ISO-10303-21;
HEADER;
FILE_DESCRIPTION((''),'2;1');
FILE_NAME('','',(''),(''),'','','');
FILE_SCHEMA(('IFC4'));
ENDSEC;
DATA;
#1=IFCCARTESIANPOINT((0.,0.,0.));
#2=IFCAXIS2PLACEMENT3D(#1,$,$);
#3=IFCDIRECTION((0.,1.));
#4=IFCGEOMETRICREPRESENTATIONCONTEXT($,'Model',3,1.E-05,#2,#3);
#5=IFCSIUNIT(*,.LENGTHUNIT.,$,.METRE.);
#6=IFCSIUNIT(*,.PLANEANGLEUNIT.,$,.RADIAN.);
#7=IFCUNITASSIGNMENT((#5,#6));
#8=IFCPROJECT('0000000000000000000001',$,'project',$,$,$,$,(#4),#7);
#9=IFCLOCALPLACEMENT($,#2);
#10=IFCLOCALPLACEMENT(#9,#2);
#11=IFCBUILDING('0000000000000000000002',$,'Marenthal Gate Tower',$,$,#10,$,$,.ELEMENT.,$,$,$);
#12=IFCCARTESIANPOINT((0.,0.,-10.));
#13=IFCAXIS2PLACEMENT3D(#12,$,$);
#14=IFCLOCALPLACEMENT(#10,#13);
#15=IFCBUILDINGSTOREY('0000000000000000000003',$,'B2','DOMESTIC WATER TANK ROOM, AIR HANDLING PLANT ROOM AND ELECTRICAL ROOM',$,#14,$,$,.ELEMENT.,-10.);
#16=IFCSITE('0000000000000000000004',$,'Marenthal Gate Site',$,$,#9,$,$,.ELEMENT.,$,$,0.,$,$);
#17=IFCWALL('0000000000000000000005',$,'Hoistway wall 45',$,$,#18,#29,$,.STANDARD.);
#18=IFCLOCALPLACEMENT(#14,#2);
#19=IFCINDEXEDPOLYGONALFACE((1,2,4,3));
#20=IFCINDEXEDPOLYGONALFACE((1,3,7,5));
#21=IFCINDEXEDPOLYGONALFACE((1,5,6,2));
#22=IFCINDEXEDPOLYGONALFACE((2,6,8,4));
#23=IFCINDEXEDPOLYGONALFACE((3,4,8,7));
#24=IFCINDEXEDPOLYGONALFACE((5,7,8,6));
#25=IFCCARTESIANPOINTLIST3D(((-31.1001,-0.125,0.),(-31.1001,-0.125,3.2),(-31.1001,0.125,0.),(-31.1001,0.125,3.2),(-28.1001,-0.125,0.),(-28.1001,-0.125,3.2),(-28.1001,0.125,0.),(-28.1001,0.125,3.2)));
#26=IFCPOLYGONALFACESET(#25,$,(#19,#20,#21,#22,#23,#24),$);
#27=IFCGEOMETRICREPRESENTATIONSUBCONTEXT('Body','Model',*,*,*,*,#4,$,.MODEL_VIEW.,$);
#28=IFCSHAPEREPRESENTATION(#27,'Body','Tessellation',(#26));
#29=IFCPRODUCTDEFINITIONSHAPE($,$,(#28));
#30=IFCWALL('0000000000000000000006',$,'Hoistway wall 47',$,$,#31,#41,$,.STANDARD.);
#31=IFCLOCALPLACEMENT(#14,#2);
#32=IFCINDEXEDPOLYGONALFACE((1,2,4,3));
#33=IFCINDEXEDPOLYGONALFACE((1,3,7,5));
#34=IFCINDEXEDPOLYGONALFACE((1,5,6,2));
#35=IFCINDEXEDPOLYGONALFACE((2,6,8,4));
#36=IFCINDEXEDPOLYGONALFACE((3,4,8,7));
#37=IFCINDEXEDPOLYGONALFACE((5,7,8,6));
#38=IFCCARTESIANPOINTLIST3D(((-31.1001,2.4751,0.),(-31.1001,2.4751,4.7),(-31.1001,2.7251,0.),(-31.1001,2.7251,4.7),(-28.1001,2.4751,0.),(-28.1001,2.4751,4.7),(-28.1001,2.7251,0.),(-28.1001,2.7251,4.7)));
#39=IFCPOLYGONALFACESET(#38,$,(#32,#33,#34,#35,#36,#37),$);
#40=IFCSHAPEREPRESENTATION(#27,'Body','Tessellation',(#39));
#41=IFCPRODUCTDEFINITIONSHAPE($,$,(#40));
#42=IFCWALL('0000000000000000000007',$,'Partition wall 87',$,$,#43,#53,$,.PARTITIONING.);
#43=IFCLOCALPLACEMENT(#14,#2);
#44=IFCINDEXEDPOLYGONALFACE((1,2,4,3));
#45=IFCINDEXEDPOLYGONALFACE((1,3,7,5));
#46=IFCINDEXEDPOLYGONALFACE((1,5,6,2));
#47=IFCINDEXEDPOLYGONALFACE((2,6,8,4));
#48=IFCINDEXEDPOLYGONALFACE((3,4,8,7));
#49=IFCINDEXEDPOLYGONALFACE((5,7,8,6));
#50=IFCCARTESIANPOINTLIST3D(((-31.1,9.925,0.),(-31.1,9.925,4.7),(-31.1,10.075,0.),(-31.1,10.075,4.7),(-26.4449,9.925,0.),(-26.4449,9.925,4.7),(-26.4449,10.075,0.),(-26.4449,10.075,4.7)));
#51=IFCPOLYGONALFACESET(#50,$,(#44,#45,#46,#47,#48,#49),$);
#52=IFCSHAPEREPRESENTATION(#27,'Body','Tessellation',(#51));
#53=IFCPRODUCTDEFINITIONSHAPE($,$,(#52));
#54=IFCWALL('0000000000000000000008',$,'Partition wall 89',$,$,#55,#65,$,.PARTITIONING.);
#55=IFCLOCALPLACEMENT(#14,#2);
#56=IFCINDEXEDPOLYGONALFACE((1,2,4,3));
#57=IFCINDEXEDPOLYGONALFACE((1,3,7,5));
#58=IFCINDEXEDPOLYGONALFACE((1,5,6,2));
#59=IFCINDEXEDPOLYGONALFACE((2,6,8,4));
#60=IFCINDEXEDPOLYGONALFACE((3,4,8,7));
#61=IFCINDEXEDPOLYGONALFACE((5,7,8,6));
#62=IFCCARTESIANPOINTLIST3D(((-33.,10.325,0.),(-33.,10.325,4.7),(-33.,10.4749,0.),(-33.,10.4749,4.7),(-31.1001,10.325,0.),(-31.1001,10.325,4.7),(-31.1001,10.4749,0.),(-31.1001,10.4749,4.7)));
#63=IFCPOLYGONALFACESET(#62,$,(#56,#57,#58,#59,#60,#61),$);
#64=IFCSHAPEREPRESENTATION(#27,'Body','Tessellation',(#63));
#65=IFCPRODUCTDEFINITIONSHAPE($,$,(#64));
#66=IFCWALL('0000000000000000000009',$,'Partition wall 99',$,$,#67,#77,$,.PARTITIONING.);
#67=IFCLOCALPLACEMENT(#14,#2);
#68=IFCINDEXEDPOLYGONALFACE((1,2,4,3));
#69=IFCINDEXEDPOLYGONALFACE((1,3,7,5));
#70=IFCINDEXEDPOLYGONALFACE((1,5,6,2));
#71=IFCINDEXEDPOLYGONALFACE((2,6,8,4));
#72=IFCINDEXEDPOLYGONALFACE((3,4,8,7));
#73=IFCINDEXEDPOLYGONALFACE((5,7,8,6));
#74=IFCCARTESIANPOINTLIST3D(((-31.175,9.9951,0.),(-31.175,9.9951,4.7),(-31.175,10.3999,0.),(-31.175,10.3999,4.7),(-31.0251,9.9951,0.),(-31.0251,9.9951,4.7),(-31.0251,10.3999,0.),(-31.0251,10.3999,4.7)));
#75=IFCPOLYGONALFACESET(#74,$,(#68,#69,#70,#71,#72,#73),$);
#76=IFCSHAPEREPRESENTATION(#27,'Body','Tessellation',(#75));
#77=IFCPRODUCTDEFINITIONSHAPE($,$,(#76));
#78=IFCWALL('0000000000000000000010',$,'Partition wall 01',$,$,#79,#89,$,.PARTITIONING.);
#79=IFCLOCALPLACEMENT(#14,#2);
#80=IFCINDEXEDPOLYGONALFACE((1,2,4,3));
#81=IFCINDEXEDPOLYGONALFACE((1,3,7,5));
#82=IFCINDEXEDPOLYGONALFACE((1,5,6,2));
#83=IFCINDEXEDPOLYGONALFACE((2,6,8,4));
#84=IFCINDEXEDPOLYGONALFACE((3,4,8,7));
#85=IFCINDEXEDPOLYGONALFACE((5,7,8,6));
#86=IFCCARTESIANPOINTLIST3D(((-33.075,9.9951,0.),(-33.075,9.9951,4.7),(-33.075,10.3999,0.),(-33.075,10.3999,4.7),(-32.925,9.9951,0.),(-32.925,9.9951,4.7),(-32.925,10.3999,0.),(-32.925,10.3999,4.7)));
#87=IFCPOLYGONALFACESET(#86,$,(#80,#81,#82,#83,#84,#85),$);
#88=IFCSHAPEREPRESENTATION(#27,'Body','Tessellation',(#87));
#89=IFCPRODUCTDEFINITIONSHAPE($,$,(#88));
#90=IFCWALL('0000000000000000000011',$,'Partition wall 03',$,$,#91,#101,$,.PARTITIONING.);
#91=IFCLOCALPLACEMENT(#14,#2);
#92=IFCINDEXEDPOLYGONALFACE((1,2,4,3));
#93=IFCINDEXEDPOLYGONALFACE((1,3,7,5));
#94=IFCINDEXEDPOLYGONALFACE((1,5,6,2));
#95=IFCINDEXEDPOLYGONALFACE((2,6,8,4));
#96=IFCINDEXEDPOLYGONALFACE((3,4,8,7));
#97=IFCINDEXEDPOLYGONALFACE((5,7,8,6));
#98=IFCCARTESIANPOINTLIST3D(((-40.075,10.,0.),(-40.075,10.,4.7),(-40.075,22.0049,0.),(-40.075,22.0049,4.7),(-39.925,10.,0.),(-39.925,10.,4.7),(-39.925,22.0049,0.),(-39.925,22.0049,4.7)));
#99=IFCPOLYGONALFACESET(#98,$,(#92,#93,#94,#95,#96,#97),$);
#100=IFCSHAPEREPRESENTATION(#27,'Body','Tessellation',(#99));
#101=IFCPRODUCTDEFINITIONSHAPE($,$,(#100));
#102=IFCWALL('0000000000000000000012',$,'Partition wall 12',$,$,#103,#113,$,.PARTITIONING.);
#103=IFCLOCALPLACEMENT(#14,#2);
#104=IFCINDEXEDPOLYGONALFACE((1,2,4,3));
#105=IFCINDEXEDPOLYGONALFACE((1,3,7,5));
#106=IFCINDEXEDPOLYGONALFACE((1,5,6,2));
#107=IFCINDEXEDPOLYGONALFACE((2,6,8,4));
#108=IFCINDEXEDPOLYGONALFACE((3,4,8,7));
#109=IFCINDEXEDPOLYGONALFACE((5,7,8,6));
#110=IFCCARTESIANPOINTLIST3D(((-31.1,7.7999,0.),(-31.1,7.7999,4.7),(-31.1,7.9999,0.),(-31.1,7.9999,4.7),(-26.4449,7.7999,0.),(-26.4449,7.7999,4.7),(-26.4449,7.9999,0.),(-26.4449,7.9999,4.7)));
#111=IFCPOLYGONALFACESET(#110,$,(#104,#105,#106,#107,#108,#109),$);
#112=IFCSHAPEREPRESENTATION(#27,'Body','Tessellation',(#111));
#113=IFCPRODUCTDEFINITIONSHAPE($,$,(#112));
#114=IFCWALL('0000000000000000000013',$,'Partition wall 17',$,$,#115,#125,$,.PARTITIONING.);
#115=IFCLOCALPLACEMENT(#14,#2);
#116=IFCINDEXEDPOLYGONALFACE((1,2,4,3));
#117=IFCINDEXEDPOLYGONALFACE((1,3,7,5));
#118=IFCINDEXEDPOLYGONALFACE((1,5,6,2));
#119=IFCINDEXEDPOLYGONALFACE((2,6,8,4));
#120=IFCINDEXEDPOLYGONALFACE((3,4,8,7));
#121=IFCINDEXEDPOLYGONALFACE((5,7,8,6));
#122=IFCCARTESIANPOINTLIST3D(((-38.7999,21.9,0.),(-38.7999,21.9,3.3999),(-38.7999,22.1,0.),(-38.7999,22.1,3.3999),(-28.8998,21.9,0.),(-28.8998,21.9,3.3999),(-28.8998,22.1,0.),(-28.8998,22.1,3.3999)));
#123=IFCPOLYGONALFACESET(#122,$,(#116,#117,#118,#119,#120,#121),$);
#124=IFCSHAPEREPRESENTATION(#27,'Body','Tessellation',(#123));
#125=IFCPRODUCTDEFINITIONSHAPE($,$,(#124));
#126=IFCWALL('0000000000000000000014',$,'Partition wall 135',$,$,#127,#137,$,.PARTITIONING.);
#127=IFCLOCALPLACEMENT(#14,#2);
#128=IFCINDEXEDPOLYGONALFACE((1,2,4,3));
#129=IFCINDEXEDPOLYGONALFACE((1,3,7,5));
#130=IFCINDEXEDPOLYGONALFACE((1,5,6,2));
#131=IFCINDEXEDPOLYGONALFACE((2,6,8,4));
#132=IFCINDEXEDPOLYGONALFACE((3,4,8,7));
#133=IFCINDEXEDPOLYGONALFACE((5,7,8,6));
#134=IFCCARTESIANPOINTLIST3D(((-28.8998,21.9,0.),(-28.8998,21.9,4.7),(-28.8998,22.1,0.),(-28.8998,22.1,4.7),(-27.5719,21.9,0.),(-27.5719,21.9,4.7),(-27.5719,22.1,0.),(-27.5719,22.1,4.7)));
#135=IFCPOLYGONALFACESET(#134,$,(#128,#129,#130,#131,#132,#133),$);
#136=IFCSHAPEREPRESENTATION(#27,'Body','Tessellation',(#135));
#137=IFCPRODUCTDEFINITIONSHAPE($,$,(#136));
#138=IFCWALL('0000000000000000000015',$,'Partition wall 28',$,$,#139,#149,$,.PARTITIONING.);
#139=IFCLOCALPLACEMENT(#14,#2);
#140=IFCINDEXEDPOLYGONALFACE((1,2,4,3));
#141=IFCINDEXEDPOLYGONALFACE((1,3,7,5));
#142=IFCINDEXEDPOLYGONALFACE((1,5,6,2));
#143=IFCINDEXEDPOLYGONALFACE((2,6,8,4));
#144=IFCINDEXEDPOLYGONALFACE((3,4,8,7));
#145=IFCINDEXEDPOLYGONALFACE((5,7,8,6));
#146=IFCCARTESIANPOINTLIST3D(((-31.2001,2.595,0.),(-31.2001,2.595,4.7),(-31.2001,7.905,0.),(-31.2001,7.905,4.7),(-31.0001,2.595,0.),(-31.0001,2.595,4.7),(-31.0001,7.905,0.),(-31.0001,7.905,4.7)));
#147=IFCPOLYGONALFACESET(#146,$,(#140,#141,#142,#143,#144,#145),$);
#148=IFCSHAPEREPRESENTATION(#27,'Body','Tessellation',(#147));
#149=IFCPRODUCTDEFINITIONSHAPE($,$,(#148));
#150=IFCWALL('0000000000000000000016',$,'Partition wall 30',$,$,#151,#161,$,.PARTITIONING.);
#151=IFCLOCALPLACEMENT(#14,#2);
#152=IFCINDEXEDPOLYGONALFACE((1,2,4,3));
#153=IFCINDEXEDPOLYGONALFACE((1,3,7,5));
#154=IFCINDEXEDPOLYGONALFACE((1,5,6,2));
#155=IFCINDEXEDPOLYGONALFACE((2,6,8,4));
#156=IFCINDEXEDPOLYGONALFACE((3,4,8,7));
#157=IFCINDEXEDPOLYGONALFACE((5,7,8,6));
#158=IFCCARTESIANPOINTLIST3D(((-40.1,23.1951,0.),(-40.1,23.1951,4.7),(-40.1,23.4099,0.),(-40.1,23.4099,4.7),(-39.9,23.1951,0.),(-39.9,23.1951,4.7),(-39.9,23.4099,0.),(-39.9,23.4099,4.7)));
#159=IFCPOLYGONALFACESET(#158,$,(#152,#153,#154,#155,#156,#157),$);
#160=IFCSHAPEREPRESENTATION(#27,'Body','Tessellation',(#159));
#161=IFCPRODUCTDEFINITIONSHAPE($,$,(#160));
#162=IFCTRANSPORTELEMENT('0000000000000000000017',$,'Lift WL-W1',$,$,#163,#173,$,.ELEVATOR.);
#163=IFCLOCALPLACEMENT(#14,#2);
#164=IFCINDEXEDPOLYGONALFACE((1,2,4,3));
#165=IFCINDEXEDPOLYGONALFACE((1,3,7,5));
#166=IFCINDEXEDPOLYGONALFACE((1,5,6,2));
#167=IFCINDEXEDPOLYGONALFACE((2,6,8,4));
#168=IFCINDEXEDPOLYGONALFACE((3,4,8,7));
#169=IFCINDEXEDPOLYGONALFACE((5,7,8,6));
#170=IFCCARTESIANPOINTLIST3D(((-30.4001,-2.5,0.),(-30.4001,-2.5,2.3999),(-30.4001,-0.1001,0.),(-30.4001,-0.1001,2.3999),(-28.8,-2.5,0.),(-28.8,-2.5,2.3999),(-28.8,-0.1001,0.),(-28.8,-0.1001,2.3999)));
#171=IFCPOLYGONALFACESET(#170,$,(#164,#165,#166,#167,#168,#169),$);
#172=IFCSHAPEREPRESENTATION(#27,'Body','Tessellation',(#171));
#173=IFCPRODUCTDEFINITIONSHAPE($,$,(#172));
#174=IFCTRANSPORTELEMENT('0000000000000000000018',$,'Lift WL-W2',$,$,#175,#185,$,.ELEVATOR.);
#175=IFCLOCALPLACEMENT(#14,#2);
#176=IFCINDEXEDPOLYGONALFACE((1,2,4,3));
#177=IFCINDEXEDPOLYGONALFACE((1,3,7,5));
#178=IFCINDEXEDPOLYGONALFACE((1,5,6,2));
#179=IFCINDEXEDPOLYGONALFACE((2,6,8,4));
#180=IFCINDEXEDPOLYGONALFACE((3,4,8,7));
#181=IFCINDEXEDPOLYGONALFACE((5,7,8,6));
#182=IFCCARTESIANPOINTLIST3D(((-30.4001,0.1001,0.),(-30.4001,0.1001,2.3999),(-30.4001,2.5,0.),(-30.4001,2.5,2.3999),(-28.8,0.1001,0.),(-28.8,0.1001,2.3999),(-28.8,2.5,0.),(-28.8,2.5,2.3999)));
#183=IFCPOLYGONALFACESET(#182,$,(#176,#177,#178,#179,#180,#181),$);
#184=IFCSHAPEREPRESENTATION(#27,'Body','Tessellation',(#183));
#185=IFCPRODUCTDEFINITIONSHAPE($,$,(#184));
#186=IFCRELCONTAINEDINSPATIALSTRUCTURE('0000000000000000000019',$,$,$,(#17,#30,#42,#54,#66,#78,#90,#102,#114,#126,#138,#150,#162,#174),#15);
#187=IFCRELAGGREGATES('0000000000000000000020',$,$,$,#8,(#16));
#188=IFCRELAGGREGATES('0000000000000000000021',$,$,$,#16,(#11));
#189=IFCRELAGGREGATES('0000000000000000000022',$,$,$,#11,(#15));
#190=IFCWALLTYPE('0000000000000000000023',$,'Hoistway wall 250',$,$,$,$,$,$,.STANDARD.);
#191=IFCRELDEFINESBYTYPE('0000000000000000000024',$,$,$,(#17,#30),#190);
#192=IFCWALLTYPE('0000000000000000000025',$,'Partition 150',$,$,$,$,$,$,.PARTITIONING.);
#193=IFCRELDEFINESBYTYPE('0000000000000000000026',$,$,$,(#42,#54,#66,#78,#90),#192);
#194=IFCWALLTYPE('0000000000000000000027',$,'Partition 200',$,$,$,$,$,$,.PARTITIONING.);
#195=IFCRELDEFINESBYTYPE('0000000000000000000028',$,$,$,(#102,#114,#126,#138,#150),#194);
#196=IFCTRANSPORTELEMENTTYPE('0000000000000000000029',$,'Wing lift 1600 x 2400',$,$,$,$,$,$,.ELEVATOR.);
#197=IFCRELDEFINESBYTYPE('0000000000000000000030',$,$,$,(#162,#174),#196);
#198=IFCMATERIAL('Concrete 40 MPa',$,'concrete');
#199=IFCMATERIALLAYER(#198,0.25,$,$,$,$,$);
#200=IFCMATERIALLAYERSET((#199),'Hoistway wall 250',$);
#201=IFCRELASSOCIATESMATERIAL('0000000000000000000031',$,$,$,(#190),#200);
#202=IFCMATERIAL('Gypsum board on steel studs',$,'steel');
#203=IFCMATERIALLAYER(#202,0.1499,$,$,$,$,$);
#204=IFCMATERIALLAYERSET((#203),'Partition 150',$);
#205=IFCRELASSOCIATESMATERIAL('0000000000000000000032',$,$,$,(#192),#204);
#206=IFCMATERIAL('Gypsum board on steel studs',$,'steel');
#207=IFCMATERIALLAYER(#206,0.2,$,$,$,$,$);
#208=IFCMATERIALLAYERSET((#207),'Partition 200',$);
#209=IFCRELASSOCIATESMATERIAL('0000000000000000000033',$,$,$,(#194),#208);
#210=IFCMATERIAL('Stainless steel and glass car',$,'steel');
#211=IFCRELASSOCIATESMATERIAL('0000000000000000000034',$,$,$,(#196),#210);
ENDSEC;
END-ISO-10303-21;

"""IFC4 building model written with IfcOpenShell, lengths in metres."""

from ifc_helpers import new_model, si_unit, direction, frame, frame_2d, origin, origin_2d, place, context, subcontext, project, spatial, rectangle, extrude, material, layer, layer_set, type_object, element, save


model = new_model("IFC4")

# Units and contexts
model_context = context("Model", 3, precision=1e-05, world=origin(), true_north=direction((0.0, 1.0)))
body_context = subcontext(model_context, "Body", "Model", "MODEL_VIEW")
ifc_project = project(units=[si_unit("LENGTHUNIT", "METRE"), si_unit("PLANEANGLEUNIT", "RADIAN")], contexts=[model_context])

# Site, building, storey
site_placement = place(None, origin())
site = spatial("IfcSite", under=ifc_project, at=site_placement, Name="Marenthal Gate Site", CompositionType="ELEMENT", RefElevation=0.0)
building_placement = place(site_placement, origin())
building = spatial("IfcBuilding", under=site, at=building_placement, Name="Marenthal Gate Tower", CompositionType="ELEMENT")
storey_placement = place(building_placement, frame((0.0, 0.0, -10.0)))
storey = spatial("IfcBuildingStorey", under=building, at=storey_placement, Name="B2", Description="DOMESTIC WATER TANK ROOM, AIR HANDLING PLANT ROOM AND ELECTRICAL ROOM", CompositionType="ELEMENT", Elevation=-10.0)

# Walls
ifc_material_1 = material(Name="Concrete 40 MPa", Category="concrete")
ifc_layer_1 = layer(ifc_material_1, 0.25)
ifc_layer_set_1 = layer_set([ifc_layer_1], Name="Hoistway wall 250")
wall_type_1 = type_object("IfcWallType", Name="Hoistway wall 250", PredefinedType="STANDARD", material=ifc_layer_set_1)
wall_1_placement = place(storey_placement, frame((-31.1001, 0.0, 0.0), z_axis=(0.0, 0.0, 1.0), x_axis=(1.0, 0.0, 0.0)))
element("IfcWall", 1, at=wall_1_placement, inside=storey, type_object=wall_type_1, Name="Hoistway wall 45", PredefinedType="STANDARD", context=body_context, shape_type="SweptSolid", body=[
    extrude(rectangle(XDim=3.0, YDim=0.25, at=frame_2d((1.5, 0.0))), origin(), (0.0, 0.0, 1.0), 3.2),
])
wall_2_placement = place(storey_placement, frame((-31.1001, 2.6001, 0.0), z_axis=(0.0, 0.0, 1.0), x_axis=(1.0, 0.0, 0.0)))
element("IfcWall", 2, at=wall_2_placement, inside=storey, type_object=wall_type_1, Name="Hoistway wall 47", PredefinedType="STANDARD", context=body_context, shape_type="SweptSolid", body=[
    extrude(rectangle(XDim=3.0, YDim=0.25, at=frame_2d((1.5, 0.0))), origin(), (0.0, 0.0, 1.0), 4.7),
])
ifc_material_2 = material(Name="Gypsum board on steel studs", Category="steel")
ifc_layer_2 = layer(ifc_material_2, 0.1499)
ifc_layer_set_2 = layer_set([ifc_layer_2], Name="Partition 150")
wall_type_2 = type_object("IfcWallType", Name="Partition 150", PredefinedType="PARTITIONING", material=ifc_layer_set_2)
wall_3_placement = place(storey_placement, frame((-31.1001, 10.0, 0.0), z_axis=(0.0, 0.0, 1.0), x_axis=(1.0, 0.0, 0.0)))
element("IfcWall", 3, at=wall_3_placement, inside=storey, type_object=wall_type_2, Name="Partition wall 87", PredefinedType="PARTITIONING", context=body_context, shape_type="SweptSolid", body=[
    extrude(rectangle(XDim=4.655, YDim=0.1499, at=frame_2d((2.3276, 0.0))), origin(), (0.0, 0.0, 1.0), 4.7),
])
wall_4_placement = place(storey_placement, frame((-33.0, 10.3999, 0.0), z_axis=(0.0, 0.0, 1.0), x_axis=(1.0, 0.0, 0.0)))
element("IfcWall", 4, at=wall_4_placement, inside=storey, type_object=wall_type_2, Name="Partition wall 89", PredefinedType="PARTITIONING", context=body_context, shape_type="SweptSolid", body=[
    extrude(rectangle(XDim=1.8999, YDim=0.1499, at=frame_2d((0.95, 0.0))), origin(), (0.0, 0.0, 1.0), 4.7),
])
for number, where, z_axis, x_axis, name in (
    (5, (-31.1001, 9.9951, 0.0), (0.0, 0.0, 1.0), (0.0, 1.0, 0.0), "Partition wall 99"),
    (6, (-33.0, 9.9951, 0.0), (0.0, 0.0, 1.0), (0.0, 1.0, 0.0), "Partition wall 01"),
):
    element("IfcWall", number, at=place(storey_placement, frame(where, z_axis=z_axis, x_axis=x_axis)), inside=storey, type_object=wall_type_2, Name=name, PredefinedType="PARTITIONING", context=body_context, shape_type="SweptSolid", body=[
        extrude(rectangle(XDim=0.4048, YDim=0.1499, at=frame_2d((0.2024, 0.0))), origin(), (0.0, 0.0, 1.0), 4.7),
    ])
wall_5_placement = place(storey_placement, frame((-40.0, 10.0, 0.0), z_axis=(0.0, 0.0, 1.0), x_axis=(0.0, 1.0, 0.0)))
element("IfcWall", 7, at=wall_5_placement, inside=storey, type_object=wall_type_2, Name="Partition wall 03", PredefinedType="PARTITIONING", context=body_context, shape_type="SweptSolid", body=[
    extrude(rectangle(XDim=12.0049, YDim=0.1499, at=frame_2d((6.0024, 0.0))), origin(), (0.0, 0.0, 1.0), 4.7),
])
ifc_material_3 = material(Name="Gypsum board on steel studs", Category="steel")
ifc_layer_3 = layer(ifc_material_3, 0.2)
ifc_layer_set_3 = layer_set([ifc_layer_3], Name="Partition 200")
wall_type_3 = type_object("IfcWallType", Name="Partition 200", PredefinedType="PARTITIONING", material=ifc_layer_set_3)
wall_6_placement = place(storey_placement, frame((-31.1001, 7.8999, 0.0), z_axis=(0.0, 0.0, 1.0), x_axis=(1.0, 0.0, 0.0)))
element("IfcWall", 8, at=wall_6_placement, inside=storey, type_object=wall_type_3, Name="Partition wall 12", PredefinedType="PARTITIONING", context=body_context, shape_type="SweptSolid", body=[
    extrude(rectangle(XDim=4.655, YDim=0.2, at=frame_2d((2.3276, 0.0))), origin(), (0.0, 0.0, 1.0), 4.7),
])
wall_7_placement = place(storey_placement, frame((-38.8, 22.0, 0.0), z_axis=(0.0, 0.0, 1.0), x_axis=(1.0, 0.0, 0.0)))
element("IfcWall", 9, at=wall_7_placement, inside=storey, type_object=wall_type_3, Name="Partition wall 17", PredefinedType="PARTITIONING", context=body_context, shape_type="SweptSolid", body=[
    extrude(rectangle(XDim=9.9001, YDim=0.2, at=frame_2d((4.9502, 0.0))), origin(), (0.0, 0.0, 1.0), 3.3999),
])
wall_8_placement = place(storey_placement, frame((-28.8999, 22.0, 0.0), z_axis=(0.0, 0.0, 1.0), x_axis=(1.0, 0.0, 0.0)))
element("IfcWall", 10, at=wall_8_placement, inside=storey, type_object=wall_type_3, Name="Partition wall 135", PredefinedType="PARTITIONING", context=body_context, shape_type="SweptSolid", body=[
    extrude(rectangle(XDim=1.3279, YDim=0.2, at=frame_2d((0.6641, 0.0))), origin(), (0.0, 0.0, 1.0), 4.7),
])
wall_9_placement = place(storey_placement, frame((-31.1001, 2.595, 0.0), z_axis=(0.0, 0.0, 1.0), x_axis=(0.0, 1.0, 0.0)))
element("IfcWall", 11, at=wall_9_placement, inside=storey, type_object=wall_type_3, Name="Partition wall 28", PredefinedType="PARTITIONING", context=body_context, shape_type="SweptSolid", body=[
    extrude(rectangle(XDim=5.3101, YDim=0.2, at=frame_2d((2.655, 0.0))), origin(), (0.0, 0.0, 1.0), 4.7),
])
wall_10_placement = place(storey_placement, frame((-40.0, 23.1951, 0.0), z_axis=(0.0, 0.0, 1.0), x_axis=(0.0, 1.0, 0.0)))
element("IfcWall", 12, at=wall_10_placement, inside=storey, type_object=wall_type_3, Name="Partition wall 30", PredefinedType="PARTITIONING", context=body_context, shape_type="SweptSolid", body=[
    extrude(rectangle(XDim=0.2148, YDim=0.2, at=frame_2d((0.1074, 0.0))), origin(), (0.0, 0.0, 1.0), 4.7),
])

# Transport elements
ifc_material_4 = material(Name="Stainless steel and glass car", Category="steel")
transport_element_type = type_object("IfcTransportElementType", Name="Wing lift 1600 x 2400", PredefinedType="ELEVATOR", material=ifc_material_4)
for number, where, z_axis, x_axis, name in (
    (13, (-29.6001, -1.3, 0.0), (0.0, 0.0, 1.0), (1.0, 0.0, 0.0), "Lift WL-W1"),
    (14, (-29.6001, 1.3, 0.0), (0.0, 0.0, 1.0), (1.0, 0.0, 0.0), "Lift WL-W2"),
):
    element("IfcTransportElement", number, at=place(storey_placement, frame(where, z_axis=z_axis, x_axis=x_axis)), inside=storey, type_object=transport_element_type, Name=name, PredefinedType="ELEVATOR", context=body_context, shape_type="SweptSolid", body=[
        extrude(rectangle(XDim=1.6001, YDim=2.3999, at=origin_2d()), origin(), (0.0, 0.0, 1.0), 2.3999),
    ])

save(model, "model.ifc")
